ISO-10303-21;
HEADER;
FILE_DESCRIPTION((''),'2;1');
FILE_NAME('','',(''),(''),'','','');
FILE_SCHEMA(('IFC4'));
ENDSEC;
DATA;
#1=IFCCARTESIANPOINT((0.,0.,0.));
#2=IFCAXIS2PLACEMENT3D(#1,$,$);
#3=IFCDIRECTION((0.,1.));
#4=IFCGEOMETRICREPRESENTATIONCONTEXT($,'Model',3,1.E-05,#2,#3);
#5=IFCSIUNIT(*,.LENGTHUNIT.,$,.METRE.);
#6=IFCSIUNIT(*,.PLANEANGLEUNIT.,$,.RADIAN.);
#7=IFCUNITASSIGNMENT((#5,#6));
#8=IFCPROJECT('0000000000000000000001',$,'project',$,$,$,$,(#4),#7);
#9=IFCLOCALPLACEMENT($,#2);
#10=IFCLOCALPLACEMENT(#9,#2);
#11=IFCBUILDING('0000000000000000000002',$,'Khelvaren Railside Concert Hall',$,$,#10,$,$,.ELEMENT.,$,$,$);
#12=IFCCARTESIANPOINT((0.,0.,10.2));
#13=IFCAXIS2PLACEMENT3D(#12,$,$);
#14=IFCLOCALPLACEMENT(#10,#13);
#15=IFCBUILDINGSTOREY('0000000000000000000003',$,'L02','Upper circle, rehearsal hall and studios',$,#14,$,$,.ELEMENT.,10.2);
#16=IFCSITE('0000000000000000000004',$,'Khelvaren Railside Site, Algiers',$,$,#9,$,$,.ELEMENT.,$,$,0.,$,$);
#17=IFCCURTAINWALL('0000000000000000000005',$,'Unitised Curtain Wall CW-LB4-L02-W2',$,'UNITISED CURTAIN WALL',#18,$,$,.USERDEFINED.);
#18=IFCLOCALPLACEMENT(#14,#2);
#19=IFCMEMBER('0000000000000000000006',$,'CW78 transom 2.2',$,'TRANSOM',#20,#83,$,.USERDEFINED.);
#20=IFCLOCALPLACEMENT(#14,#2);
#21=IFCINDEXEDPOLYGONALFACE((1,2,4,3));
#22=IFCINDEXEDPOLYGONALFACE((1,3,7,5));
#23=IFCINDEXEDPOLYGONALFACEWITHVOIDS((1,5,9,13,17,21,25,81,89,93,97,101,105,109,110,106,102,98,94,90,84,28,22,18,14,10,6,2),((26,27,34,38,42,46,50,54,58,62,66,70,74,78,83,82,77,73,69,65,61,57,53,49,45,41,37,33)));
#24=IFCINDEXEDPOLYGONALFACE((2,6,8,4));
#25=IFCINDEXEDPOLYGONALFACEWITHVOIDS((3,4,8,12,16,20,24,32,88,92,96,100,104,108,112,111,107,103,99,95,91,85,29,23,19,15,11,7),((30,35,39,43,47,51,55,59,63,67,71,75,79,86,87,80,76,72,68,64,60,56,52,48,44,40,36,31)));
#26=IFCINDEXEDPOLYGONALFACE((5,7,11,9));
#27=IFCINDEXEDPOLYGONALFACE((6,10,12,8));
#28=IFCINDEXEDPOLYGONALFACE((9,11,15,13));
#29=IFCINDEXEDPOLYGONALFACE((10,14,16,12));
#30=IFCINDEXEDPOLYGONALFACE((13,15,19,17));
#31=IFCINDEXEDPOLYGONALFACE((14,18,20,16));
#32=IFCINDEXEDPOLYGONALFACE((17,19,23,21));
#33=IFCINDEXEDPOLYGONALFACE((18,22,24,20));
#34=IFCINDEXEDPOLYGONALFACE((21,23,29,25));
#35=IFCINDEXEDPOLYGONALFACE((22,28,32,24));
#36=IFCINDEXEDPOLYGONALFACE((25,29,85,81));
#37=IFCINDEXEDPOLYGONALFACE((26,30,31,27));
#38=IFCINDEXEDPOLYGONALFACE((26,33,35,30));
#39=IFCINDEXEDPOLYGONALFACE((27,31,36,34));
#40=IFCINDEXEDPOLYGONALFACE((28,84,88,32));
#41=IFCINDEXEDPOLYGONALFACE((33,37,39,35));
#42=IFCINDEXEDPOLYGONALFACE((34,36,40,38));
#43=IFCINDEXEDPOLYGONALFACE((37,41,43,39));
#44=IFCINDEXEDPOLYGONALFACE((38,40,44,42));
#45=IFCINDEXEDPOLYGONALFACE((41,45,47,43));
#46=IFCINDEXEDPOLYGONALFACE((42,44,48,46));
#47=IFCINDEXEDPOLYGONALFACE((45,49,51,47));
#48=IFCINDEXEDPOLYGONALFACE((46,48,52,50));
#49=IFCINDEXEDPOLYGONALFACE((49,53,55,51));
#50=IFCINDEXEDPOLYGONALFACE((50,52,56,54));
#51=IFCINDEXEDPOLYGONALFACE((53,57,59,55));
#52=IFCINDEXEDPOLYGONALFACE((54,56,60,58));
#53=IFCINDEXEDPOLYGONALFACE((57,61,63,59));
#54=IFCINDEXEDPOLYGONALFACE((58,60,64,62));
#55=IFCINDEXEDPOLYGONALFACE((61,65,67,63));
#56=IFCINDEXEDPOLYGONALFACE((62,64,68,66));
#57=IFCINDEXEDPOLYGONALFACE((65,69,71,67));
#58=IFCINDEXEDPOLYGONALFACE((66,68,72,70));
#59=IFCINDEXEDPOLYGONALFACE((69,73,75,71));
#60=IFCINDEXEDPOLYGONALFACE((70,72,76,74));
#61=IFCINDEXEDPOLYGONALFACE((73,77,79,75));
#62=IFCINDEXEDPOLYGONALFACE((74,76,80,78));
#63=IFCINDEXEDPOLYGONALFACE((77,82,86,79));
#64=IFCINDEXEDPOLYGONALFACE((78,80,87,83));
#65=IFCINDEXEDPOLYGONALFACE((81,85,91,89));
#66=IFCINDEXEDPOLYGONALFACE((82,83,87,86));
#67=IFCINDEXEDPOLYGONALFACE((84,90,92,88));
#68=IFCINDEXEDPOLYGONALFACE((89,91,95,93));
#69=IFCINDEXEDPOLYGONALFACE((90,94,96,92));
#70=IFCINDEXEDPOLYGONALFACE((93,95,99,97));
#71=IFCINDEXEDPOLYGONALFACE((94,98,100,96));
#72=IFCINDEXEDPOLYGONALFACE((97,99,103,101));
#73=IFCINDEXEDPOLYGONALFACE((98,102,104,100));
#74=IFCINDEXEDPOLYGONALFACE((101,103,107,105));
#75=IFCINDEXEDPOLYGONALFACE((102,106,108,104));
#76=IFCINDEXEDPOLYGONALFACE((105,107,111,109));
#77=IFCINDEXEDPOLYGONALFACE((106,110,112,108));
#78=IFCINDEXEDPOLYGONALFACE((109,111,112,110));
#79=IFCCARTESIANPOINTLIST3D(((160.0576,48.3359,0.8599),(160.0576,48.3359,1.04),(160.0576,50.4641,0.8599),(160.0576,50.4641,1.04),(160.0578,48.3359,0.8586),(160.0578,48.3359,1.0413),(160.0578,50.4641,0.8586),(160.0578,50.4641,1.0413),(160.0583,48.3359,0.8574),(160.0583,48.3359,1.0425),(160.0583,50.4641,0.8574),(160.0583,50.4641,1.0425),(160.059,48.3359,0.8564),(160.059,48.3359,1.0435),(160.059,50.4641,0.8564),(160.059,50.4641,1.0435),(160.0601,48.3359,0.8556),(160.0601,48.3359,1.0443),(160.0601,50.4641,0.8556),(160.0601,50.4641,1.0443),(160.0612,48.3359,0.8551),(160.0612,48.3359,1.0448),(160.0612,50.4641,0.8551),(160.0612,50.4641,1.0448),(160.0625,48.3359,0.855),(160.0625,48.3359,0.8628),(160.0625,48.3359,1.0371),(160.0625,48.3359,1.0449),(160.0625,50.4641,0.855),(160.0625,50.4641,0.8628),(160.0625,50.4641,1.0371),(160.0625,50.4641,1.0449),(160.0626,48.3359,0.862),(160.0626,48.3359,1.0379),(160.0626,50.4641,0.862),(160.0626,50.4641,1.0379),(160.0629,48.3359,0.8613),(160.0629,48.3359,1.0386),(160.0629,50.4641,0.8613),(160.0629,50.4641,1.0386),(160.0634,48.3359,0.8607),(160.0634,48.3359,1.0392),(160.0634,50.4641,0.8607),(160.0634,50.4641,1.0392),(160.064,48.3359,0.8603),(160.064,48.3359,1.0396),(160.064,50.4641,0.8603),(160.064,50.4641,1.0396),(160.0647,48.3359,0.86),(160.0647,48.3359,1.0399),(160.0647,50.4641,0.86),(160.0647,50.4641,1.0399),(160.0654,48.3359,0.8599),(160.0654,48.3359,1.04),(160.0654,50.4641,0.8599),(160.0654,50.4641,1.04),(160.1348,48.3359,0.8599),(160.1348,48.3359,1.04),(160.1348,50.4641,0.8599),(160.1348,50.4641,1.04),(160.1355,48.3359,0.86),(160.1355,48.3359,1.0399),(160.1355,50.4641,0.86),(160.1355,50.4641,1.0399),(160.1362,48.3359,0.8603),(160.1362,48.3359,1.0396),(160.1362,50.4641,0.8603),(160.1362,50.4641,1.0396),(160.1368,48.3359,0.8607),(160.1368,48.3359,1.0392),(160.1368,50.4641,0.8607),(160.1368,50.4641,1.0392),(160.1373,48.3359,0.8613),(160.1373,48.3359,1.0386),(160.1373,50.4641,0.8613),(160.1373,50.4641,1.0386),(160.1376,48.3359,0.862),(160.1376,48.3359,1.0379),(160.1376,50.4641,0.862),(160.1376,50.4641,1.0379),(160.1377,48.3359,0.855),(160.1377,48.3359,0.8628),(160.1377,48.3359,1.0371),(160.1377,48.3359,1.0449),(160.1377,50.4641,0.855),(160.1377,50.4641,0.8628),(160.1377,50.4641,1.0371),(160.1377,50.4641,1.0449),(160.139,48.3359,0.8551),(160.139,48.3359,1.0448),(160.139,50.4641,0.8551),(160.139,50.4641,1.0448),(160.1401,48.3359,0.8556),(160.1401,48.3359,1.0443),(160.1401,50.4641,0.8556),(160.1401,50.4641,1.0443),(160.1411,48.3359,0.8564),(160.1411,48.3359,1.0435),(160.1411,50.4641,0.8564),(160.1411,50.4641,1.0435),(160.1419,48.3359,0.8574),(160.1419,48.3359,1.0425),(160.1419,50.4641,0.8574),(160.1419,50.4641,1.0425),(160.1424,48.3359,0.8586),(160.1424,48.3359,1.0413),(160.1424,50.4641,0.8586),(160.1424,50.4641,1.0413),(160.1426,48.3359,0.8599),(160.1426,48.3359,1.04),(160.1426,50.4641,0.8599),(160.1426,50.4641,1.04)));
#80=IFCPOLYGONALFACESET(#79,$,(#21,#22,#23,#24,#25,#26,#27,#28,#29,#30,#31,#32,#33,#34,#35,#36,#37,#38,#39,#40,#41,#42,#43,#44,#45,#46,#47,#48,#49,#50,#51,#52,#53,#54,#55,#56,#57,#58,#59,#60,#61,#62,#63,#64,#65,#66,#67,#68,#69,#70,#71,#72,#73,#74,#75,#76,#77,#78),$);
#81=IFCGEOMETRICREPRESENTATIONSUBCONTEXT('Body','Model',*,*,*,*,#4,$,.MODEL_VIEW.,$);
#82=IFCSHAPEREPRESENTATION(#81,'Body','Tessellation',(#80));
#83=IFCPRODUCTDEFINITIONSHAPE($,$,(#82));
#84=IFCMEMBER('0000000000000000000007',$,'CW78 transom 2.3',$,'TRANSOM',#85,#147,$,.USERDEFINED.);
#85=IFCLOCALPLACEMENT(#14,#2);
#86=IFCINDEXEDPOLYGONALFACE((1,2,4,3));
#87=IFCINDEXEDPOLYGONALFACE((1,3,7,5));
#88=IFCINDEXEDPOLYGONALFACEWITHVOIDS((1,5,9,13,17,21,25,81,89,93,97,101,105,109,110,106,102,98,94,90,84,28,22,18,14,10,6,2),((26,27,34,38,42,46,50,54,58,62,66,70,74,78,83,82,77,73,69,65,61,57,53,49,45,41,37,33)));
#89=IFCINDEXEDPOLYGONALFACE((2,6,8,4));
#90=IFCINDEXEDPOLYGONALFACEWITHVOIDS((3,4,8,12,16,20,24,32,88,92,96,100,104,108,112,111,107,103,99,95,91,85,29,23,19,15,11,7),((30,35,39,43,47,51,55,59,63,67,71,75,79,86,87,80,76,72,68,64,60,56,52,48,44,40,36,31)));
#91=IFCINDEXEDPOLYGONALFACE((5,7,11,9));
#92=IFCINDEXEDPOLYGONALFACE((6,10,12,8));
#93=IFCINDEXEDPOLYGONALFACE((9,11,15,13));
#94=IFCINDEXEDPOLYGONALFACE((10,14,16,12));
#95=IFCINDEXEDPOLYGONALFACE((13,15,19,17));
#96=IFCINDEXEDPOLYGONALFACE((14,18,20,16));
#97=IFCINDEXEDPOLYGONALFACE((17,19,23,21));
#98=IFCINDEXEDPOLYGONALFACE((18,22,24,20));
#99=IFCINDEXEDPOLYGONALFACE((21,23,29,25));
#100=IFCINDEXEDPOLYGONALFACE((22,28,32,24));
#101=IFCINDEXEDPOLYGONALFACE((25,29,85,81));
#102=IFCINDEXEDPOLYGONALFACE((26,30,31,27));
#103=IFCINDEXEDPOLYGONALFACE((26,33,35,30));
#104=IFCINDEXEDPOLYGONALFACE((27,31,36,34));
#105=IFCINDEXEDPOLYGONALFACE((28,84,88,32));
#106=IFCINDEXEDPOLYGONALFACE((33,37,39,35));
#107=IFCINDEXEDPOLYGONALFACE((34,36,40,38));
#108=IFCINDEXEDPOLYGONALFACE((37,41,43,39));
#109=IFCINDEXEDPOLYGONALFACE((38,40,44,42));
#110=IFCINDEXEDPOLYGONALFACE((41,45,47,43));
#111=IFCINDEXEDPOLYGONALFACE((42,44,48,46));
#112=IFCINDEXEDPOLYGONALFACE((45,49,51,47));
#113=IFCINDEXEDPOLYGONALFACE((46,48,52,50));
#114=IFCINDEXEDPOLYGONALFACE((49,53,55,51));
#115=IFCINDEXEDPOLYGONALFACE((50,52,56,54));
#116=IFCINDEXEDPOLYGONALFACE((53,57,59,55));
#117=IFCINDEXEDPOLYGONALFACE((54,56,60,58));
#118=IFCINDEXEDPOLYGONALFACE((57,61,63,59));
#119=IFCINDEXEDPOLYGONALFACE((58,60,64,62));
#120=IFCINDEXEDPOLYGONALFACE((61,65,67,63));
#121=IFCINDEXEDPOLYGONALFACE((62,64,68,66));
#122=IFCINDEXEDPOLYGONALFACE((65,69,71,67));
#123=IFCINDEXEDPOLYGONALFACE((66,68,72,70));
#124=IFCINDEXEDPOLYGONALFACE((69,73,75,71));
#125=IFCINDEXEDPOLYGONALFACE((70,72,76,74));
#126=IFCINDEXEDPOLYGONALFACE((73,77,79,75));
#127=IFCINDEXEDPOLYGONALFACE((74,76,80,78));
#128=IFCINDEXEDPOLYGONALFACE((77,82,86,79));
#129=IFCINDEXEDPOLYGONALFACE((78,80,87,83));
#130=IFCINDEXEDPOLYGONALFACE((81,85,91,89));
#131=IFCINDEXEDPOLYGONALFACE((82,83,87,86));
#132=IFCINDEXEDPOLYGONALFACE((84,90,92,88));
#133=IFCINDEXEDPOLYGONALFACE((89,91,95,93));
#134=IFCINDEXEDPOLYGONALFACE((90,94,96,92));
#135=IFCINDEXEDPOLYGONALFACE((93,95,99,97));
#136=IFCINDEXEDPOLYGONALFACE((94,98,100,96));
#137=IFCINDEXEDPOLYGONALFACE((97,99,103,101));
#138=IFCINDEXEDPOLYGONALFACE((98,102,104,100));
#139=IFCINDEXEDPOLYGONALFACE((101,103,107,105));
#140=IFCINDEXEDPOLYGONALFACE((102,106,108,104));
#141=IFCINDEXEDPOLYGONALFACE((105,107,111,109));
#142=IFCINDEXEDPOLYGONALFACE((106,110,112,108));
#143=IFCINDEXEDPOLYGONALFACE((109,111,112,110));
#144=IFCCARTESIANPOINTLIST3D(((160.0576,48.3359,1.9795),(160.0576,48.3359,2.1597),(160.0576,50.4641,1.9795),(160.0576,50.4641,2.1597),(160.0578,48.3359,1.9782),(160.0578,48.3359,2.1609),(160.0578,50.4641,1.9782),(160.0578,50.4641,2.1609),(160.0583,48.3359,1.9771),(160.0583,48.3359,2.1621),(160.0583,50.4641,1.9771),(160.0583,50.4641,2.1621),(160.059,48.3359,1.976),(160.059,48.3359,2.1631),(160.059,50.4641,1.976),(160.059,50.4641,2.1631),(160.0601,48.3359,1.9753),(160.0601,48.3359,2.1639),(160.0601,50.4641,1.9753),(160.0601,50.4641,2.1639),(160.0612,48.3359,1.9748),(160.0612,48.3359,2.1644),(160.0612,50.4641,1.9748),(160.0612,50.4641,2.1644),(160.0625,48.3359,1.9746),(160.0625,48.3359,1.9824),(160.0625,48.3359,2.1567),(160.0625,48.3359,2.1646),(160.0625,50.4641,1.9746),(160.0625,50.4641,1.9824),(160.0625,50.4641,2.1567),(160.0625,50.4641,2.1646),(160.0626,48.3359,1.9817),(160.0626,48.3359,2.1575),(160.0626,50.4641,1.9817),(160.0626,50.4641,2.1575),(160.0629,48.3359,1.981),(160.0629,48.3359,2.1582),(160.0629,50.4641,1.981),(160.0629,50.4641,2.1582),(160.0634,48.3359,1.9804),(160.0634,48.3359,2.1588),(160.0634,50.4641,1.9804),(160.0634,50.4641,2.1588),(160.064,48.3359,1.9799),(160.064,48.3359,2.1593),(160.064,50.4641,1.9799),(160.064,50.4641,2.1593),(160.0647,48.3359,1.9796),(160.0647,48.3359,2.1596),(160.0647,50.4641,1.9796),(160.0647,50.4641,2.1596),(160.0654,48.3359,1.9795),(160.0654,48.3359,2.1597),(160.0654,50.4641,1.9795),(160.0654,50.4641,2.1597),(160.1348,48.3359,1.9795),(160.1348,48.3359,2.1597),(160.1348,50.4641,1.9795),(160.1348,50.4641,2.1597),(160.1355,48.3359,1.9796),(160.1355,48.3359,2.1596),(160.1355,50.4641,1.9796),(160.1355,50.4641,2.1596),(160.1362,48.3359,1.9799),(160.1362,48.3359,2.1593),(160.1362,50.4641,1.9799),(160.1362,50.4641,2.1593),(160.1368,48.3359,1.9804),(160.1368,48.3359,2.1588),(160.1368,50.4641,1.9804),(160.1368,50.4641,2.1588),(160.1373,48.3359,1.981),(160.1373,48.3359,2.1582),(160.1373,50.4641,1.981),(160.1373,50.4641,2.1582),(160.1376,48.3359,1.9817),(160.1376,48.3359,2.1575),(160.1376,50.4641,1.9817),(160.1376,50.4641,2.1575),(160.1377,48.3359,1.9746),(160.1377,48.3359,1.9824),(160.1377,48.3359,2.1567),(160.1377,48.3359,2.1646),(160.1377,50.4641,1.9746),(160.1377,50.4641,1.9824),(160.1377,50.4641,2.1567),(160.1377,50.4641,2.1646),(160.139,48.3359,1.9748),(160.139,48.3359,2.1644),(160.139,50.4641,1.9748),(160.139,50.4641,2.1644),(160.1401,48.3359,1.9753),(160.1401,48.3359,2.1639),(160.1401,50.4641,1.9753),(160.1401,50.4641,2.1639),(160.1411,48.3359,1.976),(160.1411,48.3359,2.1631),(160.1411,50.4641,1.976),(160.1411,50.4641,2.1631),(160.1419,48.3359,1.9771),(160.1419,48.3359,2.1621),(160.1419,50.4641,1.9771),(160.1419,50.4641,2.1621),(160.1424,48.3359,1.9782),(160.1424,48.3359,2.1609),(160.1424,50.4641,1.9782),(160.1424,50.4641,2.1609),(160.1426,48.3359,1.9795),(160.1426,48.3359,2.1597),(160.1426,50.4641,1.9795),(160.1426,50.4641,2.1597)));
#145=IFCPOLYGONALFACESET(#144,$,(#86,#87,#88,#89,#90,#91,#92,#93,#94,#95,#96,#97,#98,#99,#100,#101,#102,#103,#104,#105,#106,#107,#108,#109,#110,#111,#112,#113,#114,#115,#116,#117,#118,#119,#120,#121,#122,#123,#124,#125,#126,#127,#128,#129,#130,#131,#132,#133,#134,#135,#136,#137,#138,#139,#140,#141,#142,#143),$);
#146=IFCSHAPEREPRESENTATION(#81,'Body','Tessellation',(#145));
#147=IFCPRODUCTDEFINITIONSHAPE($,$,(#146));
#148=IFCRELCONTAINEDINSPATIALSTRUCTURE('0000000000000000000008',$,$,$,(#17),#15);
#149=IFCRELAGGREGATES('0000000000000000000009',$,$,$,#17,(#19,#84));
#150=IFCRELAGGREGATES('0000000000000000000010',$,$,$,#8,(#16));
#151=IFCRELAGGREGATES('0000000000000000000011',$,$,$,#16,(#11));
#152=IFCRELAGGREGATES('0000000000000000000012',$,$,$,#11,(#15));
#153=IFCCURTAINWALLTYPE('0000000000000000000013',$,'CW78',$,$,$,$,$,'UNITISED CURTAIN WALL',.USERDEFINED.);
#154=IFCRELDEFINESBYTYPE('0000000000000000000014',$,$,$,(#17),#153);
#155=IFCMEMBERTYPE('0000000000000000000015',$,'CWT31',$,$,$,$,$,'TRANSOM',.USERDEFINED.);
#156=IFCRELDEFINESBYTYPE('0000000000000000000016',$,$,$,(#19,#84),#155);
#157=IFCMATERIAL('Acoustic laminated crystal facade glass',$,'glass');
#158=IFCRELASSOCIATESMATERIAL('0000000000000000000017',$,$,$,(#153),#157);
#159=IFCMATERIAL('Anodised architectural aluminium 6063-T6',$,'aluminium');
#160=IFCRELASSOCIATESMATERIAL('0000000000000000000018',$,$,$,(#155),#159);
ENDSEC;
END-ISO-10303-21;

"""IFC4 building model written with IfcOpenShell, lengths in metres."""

from ifc_helpers import new_model, si_unit, direction, frame, origin, origin_2d, place, context, subcontext, project, spatial, hollow_rectangle, extrude, material, material_profile, profile_set, type_object, element, aggregate, save


model = new_model("IFC4")

# Units and contexts
model_context = context("Model", 3, precision=1e-05, world=origin(), true_north=direction((0.0, 1.0)))
body_context = subcontext(model_context, "Body", "Model", "MODEL_VIEW")
ifc_project = project(units=[si_unit("LENGTHUNIT", "METRE"), si_unit("PLANEANGLEUNIT", "RADIAN")], contexts=[model_context])

# Site, building, storey
site_placement = place(None, origin())
site = spatial("IfcSite", under=ifc_project, at=site_placement, Name="Khelvaren Railside Site, Algiers", CompositionType="ELEMENT", RefElevation=0.0)
building_placement = place(site_placement, origin())
building = spatial("IfcBuilding", under=site, at=building_placement, Name="Khelvaren Railside Concert Hall", CompositionType="ELEMENT")
storey_placement = place(building_placement, frame((0.0, 0.0, 10.2)))
storey = spatial("IfcBuildingStorey", under=building, at=storey_placement, Name="L02", Description="Upper circle, rehearsal hall and studios", CompositionType="ELEMENT", Elevation=10.2)

# Curtain wall, members
ifc_material_1 = material(Name="Acoustic laminated crystal facade glass", Category="glass")
curtain_wall_type = type_object("IfcCurtainWallType", Name="CW78", ElementType="UNITISED CURTAIN WALL", PredefinedType="USERDEFINED", material=ifc_material_1)
curtain_wall_placement = place(storey_placement, origin())
curtain_wall = element("IfcCurtainWall", 1, at=curtain_wall_placement, inside=storey, type_object=curtain_wall_type, Name="Unitised Curtain Wall CW-LB4-L02-W2", ObjectType="UNITISED CURTAIN WALL", PredefinedType="USERDEFINED")
ifc_material_2 = material(Name="Anodised architectural aluminium 6063-T6", Category="aluminium")
ifc_material_profile_1 = material_profile(ifc_material_2, hollow_rectangle(XDim=0.085, YDim=0.1899, WallThickness=0.0049, InnerFilletRadius=0.0029, OuterFilletRadius=0.0049, at=origin_2d()), Name="CWT 85x190x5")
ifc_profile_set_1 = profile_set([ifc_material_profile_1], Name="Anodised architectural aluminium 6063-T6")
member_type_1 = type_object("IfcMemberType", Name="CWT31", ElementType="TRANSOM", PredefinedType="USERDEFINED", material=ifc_profile_set_1)
member_1_placement = place(storey_placement, frame((160.1001, 48.3359, 0.95), z_axis=(0.0, 1.0, 0.0), x_axis=(-1.0, 0.0, 0.0)))
member_1 = element("IfcMember", 2, at=member_1_placement, type_object=member_type_1, Name="CW78 transom 2.2", ObjectType="TRANSOM", PredefinedType="USERDEFINED", context=body_context, shape_type="SweptSolid", body=[
    extrude(hollow_rectangle(XDim=0.085, YDim=0.1899, WallThickness=0.0049, InnerFilletRadius=0.0029, OuterFilletRadius=0.0049, at=origin_2d()), origin(), (0.0, 0.0, 1.0), 2.1282),
])
member_2_placement = place(storey_placement, frame((160.1001, 48.3359, 2.0696), z_axis=(0.0, 1.0, 0.0), x_axis=(-1.0, 0.0, 0.0)))
member_2 = element("IfcMember", 3, at=member_2_placement, type_object=member_type_1, Name="CW78 transom 2.3", ObjectType="TRANSOM", PredefinedType="USERDEFINED", context=body_context, shape_type="SweptSolid", body=[
    extrude(hollow_rectangle(XDim=0.085, YDim=0.1899, WallThickness=0.0049, InnerFilletRadius=0.0029, OuterFilletRadius=0.0049, at=origin_2d()), origin(), (0.0, 0.0, 1.0), 2.1282),
])

aggregate(curtain_wall, [member_1, member_2])

save(model, "model.ifc")
